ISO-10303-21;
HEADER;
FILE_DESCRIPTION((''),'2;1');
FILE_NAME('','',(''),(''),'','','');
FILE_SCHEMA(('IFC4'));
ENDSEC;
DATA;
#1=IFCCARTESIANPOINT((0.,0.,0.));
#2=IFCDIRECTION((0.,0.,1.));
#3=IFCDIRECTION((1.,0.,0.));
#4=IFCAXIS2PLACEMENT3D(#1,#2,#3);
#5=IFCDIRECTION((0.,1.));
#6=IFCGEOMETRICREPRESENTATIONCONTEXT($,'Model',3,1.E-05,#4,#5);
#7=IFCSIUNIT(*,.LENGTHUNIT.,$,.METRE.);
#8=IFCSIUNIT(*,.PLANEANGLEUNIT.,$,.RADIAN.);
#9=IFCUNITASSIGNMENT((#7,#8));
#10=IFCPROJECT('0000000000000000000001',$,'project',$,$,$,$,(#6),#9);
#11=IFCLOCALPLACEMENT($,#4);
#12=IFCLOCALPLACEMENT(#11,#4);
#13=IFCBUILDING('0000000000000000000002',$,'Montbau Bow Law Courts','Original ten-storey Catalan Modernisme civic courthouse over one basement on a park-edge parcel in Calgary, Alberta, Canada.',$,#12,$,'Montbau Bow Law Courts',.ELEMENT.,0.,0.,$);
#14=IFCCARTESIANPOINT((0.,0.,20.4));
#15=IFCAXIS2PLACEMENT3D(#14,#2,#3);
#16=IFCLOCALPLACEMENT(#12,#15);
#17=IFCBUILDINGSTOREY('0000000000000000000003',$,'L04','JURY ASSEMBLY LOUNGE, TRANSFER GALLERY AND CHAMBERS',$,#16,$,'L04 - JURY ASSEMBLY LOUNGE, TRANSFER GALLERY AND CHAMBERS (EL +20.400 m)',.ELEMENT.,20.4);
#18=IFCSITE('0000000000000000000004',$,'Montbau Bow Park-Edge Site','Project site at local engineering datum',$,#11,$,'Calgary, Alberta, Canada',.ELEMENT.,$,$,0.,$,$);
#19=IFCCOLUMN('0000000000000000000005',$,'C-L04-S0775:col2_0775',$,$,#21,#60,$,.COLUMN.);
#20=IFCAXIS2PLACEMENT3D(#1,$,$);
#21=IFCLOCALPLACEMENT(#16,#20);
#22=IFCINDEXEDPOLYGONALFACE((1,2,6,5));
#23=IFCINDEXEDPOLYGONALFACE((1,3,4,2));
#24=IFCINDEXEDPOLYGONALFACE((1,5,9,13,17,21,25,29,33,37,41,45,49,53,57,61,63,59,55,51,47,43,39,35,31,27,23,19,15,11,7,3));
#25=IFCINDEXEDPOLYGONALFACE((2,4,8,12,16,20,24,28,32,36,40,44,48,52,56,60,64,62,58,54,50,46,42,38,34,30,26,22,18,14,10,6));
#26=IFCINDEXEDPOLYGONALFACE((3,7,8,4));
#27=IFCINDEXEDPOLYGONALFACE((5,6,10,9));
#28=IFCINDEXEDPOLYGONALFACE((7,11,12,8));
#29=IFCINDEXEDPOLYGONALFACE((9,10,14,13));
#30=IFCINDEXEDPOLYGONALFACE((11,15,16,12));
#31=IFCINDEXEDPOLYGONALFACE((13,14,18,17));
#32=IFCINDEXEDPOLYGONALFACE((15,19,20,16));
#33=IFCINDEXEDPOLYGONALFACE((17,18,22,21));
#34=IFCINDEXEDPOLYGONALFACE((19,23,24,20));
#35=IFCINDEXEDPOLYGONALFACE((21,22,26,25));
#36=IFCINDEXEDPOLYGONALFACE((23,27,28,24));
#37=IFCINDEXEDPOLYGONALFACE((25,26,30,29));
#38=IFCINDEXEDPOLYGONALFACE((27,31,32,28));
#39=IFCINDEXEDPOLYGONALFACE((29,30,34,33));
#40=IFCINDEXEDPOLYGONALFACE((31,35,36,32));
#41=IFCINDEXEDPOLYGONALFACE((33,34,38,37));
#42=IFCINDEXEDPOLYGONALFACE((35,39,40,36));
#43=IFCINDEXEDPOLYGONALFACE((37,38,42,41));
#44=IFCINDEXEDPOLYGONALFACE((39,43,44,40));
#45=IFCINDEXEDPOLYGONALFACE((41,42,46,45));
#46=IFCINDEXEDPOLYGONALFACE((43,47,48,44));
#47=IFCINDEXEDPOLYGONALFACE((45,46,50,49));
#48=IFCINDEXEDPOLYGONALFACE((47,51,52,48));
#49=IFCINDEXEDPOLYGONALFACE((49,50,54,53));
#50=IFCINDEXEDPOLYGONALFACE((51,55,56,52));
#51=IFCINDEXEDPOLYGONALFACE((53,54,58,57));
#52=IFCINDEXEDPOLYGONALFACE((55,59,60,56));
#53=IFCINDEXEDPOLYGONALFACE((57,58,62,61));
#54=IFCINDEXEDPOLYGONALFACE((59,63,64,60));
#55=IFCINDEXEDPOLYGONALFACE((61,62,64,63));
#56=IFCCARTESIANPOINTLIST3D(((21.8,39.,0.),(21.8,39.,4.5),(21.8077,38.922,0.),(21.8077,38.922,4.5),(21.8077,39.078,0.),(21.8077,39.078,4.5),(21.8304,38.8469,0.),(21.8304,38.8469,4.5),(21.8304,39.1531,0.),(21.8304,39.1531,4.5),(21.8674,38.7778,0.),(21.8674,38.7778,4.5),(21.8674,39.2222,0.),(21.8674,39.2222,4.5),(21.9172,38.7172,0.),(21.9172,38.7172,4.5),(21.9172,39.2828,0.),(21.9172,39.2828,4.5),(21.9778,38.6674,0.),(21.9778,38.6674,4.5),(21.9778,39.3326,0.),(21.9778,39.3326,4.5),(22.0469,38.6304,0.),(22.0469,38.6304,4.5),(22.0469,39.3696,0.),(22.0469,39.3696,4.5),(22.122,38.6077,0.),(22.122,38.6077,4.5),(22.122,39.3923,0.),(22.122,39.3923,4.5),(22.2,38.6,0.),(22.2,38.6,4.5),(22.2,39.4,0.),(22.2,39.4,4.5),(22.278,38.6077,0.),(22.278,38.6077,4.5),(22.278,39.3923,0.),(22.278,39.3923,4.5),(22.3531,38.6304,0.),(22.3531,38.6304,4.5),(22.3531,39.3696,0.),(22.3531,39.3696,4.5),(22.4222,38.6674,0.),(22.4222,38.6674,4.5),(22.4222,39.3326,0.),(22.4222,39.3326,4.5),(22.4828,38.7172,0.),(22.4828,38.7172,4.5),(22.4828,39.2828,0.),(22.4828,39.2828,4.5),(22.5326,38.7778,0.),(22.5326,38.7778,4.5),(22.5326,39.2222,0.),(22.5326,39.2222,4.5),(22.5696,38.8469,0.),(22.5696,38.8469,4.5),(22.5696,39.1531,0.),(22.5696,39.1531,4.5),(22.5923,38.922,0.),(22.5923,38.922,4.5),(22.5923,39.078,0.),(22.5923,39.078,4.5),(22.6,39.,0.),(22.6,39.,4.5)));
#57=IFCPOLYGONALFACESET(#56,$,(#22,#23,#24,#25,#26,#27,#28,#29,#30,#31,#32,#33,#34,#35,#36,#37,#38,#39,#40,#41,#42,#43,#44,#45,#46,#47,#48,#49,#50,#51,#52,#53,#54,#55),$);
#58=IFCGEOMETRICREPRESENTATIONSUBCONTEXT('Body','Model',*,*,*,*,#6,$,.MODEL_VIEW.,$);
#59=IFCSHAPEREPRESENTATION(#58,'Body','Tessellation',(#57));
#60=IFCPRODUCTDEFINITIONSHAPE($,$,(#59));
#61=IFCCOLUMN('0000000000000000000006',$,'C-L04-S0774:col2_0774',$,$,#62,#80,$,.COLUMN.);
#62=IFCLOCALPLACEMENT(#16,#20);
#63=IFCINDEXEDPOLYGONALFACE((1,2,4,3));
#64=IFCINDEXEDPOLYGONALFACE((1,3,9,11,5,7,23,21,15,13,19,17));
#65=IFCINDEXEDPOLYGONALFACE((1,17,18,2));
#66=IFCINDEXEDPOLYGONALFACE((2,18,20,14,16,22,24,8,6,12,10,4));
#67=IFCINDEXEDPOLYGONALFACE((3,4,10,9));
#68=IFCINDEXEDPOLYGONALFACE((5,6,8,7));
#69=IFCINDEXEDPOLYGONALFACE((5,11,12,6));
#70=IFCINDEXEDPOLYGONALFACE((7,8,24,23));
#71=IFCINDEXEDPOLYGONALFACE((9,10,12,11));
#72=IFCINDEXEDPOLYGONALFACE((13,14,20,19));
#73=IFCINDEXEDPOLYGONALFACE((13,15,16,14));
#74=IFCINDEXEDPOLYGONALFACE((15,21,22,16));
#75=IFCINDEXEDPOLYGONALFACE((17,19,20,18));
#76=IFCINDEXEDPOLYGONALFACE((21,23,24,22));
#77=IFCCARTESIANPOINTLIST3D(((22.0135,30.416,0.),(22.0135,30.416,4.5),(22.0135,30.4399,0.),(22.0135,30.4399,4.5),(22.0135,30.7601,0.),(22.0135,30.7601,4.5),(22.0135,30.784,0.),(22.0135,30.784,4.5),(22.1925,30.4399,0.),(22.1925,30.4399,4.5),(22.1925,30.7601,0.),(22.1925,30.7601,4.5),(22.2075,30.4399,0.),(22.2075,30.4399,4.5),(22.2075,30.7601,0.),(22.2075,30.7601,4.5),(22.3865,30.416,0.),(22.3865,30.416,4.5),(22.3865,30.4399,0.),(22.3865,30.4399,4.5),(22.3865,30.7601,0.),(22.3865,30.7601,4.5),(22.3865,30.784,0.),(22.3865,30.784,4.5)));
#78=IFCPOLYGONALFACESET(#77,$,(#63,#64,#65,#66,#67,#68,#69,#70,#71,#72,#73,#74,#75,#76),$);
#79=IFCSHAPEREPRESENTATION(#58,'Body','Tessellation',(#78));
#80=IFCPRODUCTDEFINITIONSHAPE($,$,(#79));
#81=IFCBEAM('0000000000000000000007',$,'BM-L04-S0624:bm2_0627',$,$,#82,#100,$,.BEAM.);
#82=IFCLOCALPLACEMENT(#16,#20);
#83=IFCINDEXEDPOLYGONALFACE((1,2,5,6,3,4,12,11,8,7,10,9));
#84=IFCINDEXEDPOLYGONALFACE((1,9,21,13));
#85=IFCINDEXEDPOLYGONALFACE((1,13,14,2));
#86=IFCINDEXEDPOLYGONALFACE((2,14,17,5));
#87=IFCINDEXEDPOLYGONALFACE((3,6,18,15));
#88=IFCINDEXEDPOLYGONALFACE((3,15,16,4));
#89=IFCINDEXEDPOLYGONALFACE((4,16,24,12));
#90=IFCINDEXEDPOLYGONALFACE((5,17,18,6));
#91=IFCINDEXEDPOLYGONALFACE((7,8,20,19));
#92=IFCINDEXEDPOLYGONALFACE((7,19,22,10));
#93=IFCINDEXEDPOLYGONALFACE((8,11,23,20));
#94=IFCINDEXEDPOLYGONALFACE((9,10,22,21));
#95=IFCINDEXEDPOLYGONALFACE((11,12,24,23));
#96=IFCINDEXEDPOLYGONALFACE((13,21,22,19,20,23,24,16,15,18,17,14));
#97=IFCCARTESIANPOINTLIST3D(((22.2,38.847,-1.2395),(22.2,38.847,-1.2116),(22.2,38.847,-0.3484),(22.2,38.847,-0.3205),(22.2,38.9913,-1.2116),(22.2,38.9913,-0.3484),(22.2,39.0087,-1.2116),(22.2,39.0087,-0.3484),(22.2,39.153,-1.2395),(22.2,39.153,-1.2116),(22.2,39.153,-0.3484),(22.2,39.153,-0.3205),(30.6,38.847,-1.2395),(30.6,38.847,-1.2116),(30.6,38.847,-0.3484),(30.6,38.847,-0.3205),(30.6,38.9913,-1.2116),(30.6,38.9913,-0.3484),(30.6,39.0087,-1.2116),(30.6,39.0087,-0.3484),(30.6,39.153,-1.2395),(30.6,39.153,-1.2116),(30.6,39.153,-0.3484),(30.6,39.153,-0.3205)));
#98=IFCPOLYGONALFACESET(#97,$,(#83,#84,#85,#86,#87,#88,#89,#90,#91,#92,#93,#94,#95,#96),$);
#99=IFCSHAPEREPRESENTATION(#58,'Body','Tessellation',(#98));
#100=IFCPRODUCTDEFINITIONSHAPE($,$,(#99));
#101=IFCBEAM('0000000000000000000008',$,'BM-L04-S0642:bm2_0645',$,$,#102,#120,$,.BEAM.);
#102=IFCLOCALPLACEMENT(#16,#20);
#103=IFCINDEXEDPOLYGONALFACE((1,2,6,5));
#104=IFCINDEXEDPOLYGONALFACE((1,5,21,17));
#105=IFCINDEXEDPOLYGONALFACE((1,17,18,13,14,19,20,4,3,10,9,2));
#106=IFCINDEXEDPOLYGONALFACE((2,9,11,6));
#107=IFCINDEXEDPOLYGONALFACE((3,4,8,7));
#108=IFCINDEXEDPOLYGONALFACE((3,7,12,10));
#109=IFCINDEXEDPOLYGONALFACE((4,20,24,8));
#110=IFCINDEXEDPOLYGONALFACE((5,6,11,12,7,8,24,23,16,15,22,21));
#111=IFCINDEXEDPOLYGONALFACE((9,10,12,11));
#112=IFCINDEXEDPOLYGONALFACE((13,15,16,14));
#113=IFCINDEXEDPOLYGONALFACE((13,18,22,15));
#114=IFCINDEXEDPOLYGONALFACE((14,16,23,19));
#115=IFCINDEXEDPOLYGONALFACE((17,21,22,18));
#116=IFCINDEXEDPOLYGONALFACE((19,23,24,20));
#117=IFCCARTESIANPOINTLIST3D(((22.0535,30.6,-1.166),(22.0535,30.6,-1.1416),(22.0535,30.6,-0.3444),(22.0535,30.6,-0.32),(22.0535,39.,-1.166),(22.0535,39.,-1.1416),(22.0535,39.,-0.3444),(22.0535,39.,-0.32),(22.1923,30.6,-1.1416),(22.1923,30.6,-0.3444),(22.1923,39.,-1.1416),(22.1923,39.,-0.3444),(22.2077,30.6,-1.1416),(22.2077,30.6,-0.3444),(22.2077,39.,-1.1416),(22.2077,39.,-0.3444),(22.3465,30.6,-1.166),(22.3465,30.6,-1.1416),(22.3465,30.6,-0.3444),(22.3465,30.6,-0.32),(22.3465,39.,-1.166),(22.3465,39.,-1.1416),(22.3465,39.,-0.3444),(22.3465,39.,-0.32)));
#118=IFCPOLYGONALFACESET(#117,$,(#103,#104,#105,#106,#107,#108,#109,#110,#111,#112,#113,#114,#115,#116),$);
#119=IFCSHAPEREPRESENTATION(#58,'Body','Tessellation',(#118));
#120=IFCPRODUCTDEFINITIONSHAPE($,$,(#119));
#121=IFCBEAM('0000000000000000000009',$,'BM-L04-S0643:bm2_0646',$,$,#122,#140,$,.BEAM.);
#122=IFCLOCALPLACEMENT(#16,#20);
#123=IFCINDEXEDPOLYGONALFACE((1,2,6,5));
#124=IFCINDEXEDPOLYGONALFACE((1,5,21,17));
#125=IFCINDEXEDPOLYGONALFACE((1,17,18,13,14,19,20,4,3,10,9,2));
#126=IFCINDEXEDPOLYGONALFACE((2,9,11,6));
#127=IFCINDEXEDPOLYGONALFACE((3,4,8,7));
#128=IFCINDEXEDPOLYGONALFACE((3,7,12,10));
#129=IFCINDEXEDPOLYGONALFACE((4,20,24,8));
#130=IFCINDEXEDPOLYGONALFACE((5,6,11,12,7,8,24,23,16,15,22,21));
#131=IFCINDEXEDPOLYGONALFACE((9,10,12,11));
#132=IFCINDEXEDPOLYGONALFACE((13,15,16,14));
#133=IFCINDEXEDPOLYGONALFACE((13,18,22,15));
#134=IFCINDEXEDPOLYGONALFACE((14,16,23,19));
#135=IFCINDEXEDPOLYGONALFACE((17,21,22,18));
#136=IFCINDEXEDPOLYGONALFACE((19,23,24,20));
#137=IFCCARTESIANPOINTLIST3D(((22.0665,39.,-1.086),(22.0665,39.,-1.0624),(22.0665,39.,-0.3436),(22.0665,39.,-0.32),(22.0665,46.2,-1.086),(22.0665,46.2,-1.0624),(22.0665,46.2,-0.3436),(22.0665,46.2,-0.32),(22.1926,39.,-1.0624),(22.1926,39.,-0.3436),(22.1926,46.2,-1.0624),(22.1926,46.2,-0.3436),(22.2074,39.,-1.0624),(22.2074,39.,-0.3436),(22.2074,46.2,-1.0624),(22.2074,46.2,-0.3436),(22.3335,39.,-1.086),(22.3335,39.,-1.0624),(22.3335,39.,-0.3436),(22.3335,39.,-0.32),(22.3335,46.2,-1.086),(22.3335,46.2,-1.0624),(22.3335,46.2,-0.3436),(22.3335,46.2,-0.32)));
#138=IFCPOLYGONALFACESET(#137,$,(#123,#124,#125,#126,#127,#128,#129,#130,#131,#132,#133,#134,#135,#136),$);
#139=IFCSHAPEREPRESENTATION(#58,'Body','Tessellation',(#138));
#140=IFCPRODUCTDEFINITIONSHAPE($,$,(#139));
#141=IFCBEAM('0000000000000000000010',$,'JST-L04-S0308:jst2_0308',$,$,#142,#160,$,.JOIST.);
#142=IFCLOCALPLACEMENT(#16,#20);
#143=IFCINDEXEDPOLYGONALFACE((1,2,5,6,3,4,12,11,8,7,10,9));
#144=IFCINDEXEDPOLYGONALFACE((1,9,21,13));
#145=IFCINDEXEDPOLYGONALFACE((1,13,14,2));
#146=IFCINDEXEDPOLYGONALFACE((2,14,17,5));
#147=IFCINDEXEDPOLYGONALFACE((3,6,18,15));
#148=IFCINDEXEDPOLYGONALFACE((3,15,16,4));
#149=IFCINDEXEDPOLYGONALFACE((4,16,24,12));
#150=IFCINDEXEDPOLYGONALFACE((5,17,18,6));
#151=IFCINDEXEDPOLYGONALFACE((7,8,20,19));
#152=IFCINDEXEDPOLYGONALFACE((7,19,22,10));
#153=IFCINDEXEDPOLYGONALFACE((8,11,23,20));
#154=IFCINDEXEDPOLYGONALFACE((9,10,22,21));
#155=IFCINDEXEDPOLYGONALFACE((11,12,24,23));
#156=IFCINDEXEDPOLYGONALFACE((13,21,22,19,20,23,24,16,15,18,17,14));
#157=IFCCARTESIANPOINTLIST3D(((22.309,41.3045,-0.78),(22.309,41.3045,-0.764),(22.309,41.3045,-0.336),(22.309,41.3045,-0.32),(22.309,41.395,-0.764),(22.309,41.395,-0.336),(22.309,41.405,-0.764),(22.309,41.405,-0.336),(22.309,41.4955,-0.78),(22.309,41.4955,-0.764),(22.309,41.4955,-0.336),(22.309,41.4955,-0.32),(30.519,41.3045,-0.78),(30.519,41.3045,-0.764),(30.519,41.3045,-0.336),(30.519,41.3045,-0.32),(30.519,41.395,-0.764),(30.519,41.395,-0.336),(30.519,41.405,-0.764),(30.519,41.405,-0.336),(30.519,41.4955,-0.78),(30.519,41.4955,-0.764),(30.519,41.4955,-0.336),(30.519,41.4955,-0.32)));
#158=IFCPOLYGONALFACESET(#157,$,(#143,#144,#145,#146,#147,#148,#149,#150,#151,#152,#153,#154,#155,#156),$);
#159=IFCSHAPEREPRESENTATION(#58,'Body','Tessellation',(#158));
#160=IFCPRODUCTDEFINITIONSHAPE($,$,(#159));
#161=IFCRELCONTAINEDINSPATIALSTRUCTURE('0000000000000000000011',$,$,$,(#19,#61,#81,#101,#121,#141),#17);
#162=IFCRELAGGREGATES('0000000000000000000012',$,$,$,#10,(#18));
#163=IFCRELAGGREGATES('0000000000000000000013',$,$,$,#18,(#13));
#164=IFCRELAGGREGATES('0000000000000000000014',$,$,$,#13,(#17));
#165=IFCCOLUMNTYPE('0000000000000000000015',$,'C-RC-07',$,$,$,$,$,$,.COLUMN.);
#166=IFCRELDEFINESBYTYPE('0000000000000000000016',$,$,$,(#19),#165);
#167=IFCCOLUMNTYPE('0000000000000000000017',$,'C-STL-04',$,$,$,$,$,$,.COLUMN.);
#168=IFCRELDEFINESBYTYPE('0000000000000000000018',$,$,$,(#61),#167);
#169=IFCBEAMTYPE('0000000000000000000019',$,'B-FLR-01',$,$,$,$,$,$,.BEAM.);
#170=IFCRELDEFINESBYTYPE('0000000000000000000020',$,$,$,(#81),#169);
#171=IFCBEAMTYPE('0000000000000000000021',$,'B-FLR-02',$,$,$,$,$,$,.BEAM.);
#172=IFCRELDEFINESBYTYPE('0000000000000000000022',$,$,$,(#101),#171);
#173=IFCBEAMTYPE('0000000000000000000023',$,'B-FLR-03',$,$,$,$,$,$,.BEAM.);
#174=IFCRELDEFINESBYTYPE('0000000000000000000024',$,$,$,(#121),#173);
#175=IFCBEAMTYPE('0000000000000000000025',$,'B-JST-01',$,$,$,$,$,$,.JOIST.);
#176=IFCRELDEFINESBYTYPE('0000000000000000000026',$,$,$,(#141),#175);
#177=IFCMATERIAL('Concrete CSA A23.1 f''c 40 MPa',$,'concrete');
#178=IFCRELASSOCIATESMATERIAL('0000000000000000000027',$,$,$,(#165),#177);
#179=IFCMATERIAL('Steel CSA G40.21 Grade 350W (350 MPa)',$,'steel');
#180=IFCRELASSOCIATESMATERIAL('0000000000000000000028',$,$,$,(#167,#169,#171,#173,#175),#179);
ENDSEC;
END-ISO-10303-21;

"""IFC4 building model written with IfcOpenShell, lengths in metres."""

from ifc_helpers import new_model, si_unit, direction, frame, origin_with_axes, origin_2d_with_axis, place, context, subcontext, project, spatial, circle, i_section, extrude, material, material_profile, profile_set, type_object, element, save


model = new_model("IFC4")

# Units and contexts
model_context = context("Model", 3, precision=1e-05, world=origin_with_axes(), true_north=direction((0.0, 1.0)))
body_context = subcontext(model_context, "Body", "Model", "MODEL_VIEW")
ifc_project = project(units=[si_unit("LENGTHUNIT", "METRE"), si_unit("PLANEANGLEUNIT", "RADIAN")], contexts=[model_context])

# Site, building, storey
site_placement = place(None, origin_with_axes())
site = spatial("IfcSite", under=ifc_project, at=site_placement, Name="Montbau Bow Park-Edge Site", Description="Project site at local engineering datum", LongName="Calgary, Alberta, Canada", CompositionType="ELEMENT", RefElevation=0.0)
building_placement = place(site_placement, origin_with_axes())
building = spatial("IfcBuilding", under=site, at=building_placement, Name="Montbau Bow Law Courts", Description="Original ten-storey Catalan Modernisme civic courthouse over one basement on a park-edge parcel in Calgary, Alberta, Canada.", LongName="Montbau Bow Law Courts", CompositionType="ELEMENT", ElevationOfRefHeight=0.0, ElevationOfTerrain=0.0)
storey_placement = place(building_placement, frame((0.0, 0.0, 20.4), z_axis=(0.0, 0.0, 1.0), x_axis=(1.0, 0.0, 0.0)))
storey = spatial("IfcBuildingStorey", under=building, at=storey_placement, Name="L04", Description="JURY ASSEMBLY LOUNGE, TRANSFER GALLERY AND CHAMBERS", LongName="L04 - JURY ASSEMBLY LOUNGE, TRANSFER GALLERY AND CHAMBERS (EL +20.400 m)", CompositionType="ELEMENT", Elevation=20.4)

# Columns
ifc_material_1 = material(Name="Concrete CSA A23.1 f'c 40 MPa", Category="concrete")
ifc_material_profile_1 = material_profile(ifc_material_1, circle(Radius=0.4, at=origin_2d_with_axis()), Name="RC800D", Category="Main", Priority=0)
ifc_profile_set_1 = profile_set([ifc_material_profile_1], Name="Concrete CSA A23.1 f'c 40 MPa")
column_type_1 = type_object("IfcColumnType", Name="C-RC-07", PredefinedType="COLUMN", material=ifc_profile_set_1)
column_1_placement = place(None, frame((22.2, 39.0, 20.4), z_axis=(0.0, 0.0, 1.0), x_axis=(1.0, 0.0, 0.0)))
element("IfcColumn", 1, at=column_1_placement, inside=storey, type_object=column_type_1, Name="C-L04-S0775:col2_0775", PredefinedType="COLUMN", context=body_context, shape_type="SweptSolid", body=[
    extrude(circle(Radius=0.4, at=origin_2d_with_axis()), origin_with_axes(), (0.0, 0.0, 1.0), 4.5),
])
ifc_material_2 = material(Name="Steel CSA G40.21 Grade 350W (350 MPa)", Category="steel")
ifc_material_profile_2 = material_profile(ifc_material_2, i_section(OverallWidth=0.373, OverallDepth=0.368, WebThickness=0.015, FlangeThickness=0.0239, at=origin_2d_with_axis()), Name="W360X179", Category="Main", Priority=0)
ifc_profile_set_2 = profile_set([ifc_material_profile_2], Name="Steel CSA G40.21 Grade 350W (350 MPa)")
column_type_2 = type_object("IfcColumnType", Name="C-STL-04", PredefinedType="COLUMN", material=ifc_profile_set_2)
column_2_placement = place(None, frame((22.2, 30.6, 20.4), z_axis=(0.0, 0.0, 1.0), x_axis=(1.0, 0.0, 0.0)))
element("IfcColumn", 2, at=column_2_placement, inside=storey, type_object=column_type_2, Name="C-L04-S0774:col2_0774", PredefinedType="COLUMN", context=body_context, shape_type="SweptSolid", body=[
    extrude(i_section(OverallWidth=0.373, OverallDepth=0.368, WebThickness=0.015, FlangeThickness=0.0239, at=origin_2d_with_axis()), origin_with_axes(), (0.0, 0.0, 1.0), 4.5),
])

# Beams
ifc_material_profile_3 = material_profile(ifc_material_2, i_section(OverallWidth=0.306, OverallDepth=0.919, WebThickness=0.0173, FlangeThickness=0.0279, at=origin_2d_with_axis()), Name="W920X253", Category="Main", Priority=0)
ifc_profile_set_3 = profile_set([ifc_material_profile_3], Name="Steel CSA G40.21 Grade 350W (350 MPa)")
beam_type_1 = type_object("IfcBeamType", Name="B-FLR-01", PredefinedType="BEAM", material=ifc_profile_set_3)
beam_1_placement = place(None, frame((22.2, 39.0, 19.62), z_axis=(1.0, 0.0, 0.0), x_axis=(0.0, 1.0, 0.0)))
element("IfcBeam", 3, at=beam_1_placement, inside=storey, type_object=beam_type_1, Name="BM-L04-S0624:bm2_0627", PredefinedType="BEAM", context=body_context, shape_type="SweptSolid", body=[
    extrude(i_section(OverallWidth=0.306, OverallDepth=0.919, WebThickness=0.0173, FlangeThickness=0.0279, at=origin_2d_with_axis()), origin_with_axes(), (0.0, 0.0, 1.0), 8.4),
])
ifc_material_profile_4 = material_profile(ifc_material_2, i_section(OverallWidth=0.293, OverallDepth=0.846, WebThickness=0.0154, FlangeThickness=0.0244, at=origin_2d_with_axis()), Name="W840X210", Category="Main", Priority=0)
ifc_profile_set_4 = profile_set([ifc_material_profile_4], Name="Steel CSA G40.21 Grade 350W (350 MPa)")
beam_type_2 = type_object("IfcBeamType", Name="B-FLR-02", PredefinedType="BEAM", material=ifc_profile_set_4)
beam_2_placement = place(None, frame((22.2, 30.6, 19.657), z_axis=(0.0, 1.0, 0.0), x_axis=(-1.0, 0.0, 0.0)))
element("IfcBeam", 4, at=beam_2_placement, inside=storey, type_object=beam_type_2, Name="BM-L04-S0642:bm2_0645", PredefinedType="BEAM", context=body_context, shape_type="SweptSolid", body=[
    extrude(i_section(OverallWidth=0.293, OverallDepth=0.846, WebThickness=0.0154, FlangeThickness=0.0244, at=origin_2d_with_axis()), origin_with_axes(), (0.0, 0.0, 1.0), 8.4),
])
ifc_material_profile_5 = material_profile(ifc_material_2, i_section(OverallWidth=0.267, OverallDepth=0.766, WebThickness=0.0149, FlangeThickness=0.0236, at=origin_2d_with_axis()), Name="W760X185", Category="Main", Priority=0)
ifc_profile_set_5 = profile_set([ifc_material_profile_5], Name="Steel CSA G40.21 Grade 350W (350 MPa)")
beam_type_3 = type_object("IfcBeamType", Name="B-FLR-03", PredefinedType="BEAM", material=ifc_profile_set_5)
beam_3_placement = place(None, frame((22.2, 39.0, 19.697), z_axis=(0.0, 1.0, 0.0), x_axis=(-1.0, 0.0, 0.0)))
element("IfcBeam", 5, at=beam_3_placement, inside=storey, type_object=beam_type_3, Name="BM-L04-S0643:bm2_0646", PredefinedType="BEAM", context=body_context, shape_type="SweptSolid", body=[
    extrude(i_section(OverallWidth=0.267, OverallDepth=0.766, WebThickness=0.0149, FlangeThickness=0.0236, at=origin_2d_with_axis()), origin_with_axes(), (0.0, 0.0, 1.0), 7.2),
])
ifc_material_profile_6 = material_profile(ifc_material_2, i_section(OverallWidth=0.191, OverallDepth=0.46, WebThickness=0.0099, FlangeThickness=0.016, at=origin_2d_with_axis()), Name="W460X82", Category="Main", Priority=0)
ifc_profile_set_6 = profile_set([ifc_material_profile_6], Name="Steel CSA G40.21 Grade 350W (350 MPa)")
beam_type_4 = type_object("IfcBeamType", Name="B-JST-01", PredefinedType="JOIST", material=ifc_profile_set_6)
beam_4_placement = place(None, frame((22.309, 41.4, 19.85), z_axis=(1.0, 0.0, 0.0), x_axis=(0.0, 1.0, 0.0)))
element("IfcBeam", 6, at=beam_4_placement, inside=storey, type_object=beam_type_4, Name="JST-L04-S0308:jst2_0308", PredefinedType="JOIST", context=body_context, shape_type="SweptSolid", body=[
    extrude(i_section(OverallWidth=0.191, OverallDepth=0.46, WebThickness=0.0099, FlangeThickness=0.016, at=origin_2d_with_axis()), origin_with_axes(), (0.0, 0.0, 1.0), 8.21),
])

save(model, "model.ifc")
